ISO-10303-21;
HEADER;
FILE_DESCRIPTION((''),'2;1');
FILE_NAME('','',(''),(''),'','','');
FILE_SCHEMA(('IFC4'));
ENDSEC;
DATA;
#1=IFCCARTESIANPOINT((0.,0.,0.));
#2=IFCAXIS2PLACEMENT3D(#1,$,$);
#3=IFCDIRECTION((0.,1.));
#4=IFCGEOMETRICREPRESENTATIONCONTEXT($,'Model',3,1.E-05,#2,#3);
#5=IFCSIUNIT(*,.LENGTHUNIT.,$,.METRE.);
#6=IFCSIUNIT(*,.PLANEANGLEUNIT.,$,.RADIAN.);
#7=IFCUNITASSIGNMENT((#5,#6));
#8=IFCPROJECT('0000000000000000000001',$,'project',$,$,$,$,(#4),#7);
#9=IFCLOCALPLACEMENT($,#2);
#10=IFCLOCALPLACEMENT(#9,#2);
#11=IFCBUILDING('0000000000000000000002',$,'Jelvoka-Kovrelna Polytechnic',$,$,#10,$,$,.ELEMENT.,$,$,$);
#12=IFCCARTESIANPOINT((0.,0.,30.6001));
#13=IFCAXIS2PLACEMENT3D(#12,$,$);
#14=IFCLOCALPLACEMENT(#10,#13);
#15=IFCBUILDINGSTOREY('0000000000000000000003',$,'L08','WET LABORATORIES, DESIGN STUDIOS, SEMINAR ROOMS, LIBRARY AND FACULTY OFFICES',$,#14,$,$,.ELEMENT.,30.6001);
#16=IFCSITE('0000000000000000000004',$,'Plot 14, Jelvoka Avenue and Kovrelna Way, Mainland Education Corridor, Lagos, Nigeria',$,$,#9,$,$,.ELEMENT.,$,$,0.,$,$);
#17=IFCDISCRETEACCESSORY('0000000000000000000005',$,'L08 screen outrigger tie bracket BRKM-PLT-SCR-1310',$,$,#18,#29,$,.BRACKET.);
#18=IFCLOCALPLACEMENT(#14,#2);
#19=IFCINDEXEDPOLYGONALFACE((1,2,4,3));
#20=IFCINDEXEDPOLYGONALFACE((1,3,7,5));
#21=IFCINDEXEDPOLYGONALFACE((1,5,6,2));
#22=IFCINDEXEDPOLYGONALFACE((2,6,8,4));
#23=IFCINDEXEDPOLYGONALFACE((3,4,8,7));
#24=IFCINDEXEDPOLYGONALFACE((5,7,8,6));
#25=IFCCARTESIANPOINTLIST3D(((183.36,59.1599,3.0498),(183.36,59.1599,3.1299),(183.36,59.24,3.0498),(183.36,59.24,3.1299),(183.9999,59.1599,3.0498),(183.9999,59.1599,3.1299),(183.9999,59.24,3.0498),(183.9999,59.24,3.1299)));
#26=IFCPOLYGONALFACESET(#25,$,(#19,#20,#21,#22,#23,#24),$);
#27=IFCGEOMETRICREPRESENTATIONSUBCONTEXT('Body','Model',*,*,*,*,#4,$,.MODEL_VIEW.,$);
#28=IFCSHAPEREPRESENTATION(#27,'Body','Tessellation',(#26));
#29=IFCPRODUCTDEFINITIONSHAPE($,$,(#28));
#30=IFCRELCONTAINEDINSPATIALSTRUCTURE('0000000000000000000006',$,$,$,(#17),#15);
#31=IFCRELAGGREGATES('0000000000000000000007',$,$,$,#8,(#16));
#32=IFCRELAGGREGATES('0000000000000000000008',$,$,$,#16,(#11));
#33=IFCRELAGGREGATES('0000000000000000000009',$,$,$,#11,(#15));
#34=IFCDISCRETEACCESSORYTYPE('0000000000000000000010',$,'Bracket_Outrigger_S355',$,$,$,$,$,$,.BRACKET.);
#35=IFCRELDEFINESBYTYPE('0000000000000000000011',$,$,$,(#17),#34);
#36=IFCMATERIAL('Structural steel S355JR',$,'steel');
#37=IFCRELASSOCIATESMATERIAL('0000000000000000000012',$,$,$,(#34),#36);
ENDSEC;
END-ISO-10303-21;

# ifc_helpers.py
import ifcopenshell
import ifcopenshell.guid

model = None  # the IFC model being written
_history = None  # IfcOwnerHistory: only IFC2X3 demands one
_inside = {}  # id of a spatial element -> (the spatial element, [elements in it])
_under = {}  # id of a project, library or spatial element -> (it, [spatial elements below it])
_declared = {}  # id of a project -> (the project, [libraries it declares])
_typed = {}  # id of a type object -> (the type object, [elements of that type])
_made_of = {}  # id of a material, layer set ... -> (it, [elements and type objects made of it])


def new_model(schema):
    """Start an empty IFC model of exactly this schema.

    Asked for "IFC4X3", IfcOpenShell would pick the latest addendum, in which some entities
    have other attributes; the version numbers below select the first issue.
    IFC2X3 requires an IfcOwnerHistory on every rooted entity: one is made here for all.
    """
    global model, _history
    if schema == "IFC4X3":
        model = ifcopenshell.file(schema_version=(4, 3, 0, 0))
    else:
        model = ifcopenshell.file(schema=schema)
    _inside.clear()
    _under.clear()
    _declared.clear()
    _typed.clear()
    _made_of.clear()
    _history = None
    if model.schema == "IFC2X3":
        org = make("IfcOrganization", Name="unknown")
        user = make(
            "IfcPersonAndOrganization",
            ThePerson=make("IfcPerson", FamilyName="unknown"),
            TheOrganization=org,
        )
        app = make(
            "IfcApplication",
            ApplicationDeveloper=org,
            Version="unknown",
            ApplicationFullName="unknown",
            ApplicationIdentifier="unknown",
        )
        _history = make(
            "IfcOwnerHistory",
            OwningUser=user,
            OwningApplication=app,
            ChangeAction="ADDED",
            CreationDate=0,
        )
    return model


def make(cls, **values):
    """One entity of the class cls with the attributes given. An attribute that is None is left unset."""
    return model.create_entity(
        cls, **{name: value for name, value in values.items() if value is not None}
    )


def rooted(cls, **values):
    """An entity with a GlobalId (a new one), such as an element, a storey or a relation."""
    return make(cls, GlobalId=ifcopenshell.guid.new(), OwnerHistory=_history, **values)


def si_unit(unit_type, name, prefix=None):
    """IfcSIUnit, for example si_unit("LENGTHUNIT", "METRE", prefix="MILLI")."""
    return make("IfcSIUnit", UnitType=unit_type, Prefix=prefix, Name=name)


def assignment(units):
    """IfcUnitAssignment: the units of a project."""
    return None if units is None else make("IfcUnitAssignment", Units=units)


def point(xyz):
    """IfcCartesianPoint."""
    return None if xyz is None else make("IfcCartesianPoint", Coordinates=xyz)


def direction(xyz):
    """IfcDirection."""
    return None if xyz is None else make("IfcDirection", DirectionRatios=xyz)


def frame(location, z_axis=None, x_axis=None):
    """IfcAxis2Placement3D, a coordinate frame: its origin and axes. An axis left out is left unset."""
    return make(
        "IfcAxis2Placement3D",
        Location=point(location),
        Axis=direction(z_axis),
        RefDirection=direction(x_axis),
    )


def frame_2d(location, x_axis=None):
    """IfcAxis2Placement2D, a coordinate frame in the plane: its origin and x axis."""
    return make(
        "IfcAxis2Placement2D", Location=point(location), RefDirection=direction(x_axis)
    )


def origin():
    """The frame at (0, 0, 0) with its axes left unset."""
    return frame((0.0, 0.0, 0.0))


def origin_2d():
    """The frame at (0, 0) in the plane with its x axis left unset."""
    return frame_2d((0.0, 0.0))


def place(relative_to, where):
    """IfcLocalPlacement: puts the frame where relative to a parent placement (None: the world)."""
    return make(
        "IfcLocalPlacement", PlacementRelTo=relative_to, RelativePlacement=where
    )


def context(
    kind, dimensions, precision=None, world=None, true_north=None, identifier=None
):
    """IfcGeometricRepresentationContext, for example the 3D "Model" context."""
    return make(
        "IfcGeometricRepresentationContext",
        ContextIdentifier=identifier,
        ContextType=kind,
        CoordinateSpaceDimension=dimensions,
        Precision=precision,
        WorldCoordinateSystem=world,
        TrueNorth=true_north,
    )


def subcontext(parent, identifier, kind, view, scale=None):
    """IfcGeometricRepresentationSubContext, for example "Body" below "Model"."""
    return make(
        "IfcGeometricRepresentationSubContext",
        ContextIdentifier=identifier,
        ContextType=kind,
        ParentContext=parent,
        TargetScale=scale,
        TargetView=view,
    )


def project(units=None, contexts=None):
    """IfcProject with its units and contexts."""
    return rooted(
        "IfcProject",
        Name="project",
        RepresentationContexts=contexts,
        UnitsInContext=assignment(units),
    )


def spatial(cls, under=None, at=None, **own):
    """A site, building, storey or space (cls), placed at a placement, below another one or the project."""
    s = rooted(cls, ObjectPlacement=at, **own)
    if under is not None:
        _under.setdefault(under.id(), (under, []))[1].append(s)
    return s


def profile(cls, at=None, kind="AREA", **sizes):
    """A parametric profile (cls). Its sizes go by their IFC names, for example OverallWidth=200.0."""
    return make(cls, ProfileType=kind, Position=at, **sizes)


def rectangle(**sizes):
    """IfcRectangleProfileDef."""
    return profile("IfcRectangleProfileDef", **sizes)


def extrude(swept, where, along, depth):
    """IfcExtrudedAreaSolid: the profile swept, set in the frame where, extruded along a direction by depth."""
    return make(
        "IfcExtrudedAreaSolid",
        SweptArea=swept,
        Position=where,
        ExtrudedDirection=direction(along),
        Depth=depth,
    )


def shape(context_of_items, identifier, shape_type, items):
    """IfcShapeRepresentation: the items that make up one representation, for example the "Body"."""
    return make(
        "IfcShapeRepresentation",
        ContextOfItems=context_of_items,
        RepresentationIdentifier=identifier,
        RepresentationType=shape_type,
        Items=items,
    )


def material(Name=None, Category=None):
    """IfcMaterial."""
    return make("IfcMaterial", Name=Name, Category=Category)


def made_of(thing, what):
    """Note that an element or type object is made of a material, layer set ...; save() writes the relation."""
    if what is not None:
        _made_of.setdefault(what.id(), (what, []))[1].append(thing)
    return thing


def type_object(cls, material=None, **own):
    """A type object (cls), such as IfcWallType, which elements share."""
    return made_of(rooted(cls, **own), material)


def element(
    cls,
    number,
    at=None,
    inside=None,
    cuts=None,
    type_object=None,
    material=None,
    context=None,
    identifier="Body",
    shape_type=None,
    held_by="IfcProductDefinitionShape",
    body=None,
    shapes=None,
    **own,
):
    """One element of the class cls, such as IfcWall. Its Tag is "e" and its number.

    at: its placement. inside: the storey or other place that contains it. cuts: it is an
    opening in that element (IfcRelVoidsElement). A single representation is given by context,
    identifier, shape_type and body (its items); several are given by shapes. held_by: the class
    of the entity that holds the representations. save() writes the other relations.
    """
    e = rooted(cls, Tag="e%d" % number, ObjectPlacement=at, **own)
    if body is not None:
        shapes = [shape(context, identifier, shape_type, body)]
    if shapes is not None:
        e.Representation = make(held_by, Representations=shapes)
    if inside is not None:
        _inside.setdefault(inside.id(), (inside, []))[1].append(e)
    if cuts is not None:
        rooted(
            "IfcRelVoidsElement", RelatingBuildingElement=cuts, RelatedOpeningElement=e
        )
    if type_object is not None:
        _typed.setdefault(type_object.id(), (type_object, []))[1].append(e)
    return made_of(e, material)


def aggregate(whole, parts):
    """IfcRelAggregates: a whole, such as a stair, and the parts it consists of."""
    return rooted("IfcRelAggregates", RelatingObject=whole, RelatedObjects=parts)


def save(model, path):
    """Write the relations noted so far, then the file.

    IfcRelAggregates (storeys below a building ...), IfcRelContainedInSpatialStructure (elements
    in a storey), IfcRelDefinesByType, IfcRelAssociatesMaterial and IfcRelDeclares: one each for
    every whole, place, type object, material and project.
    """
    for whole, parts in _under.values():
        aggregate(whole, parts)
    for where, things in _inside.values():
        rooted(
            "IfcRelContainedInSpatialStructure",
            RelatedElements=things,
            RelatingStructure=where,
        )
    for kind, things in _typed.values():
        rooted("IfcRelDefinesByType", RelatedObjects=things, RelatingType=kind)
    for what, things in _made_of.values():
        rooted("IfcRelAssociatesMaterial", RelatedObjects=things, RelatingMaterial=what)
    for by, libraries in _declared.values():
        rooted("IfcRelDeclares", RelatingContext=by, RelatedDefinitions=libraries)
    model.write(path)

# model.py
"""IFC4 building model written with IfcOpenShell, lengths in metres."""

from ifc_helpers import new_model, si_unit, direction, frame, origin, origin_2d, place, context, subcontext, project, spatial, rectangle, extrude, material, type_object, element, save


model = new_model("IFC4")

# Units and contexts
model_context = context("Model", 3, precision=1e-05, world=origin(), true_north=direction((0.0, 1.0)))
body_context = subcontext(model_context, "Body", "Model", "MODEL_VIEW")
ifc_project = project(units=[si_unit("LENGTHUNIT", "METRE"), si_unit("PLANEANGLEUNIT", "RADIAN")], contexts=[model_context])

# Site, building, storey
site_placement = place(None, origin())
site = spatial("IfcSite", under=ifc_project, at=site_placement, Name="Plot 14, Jelvoka Avenue and Kovrelna Way, Mainland Education Corridor, Lagos, Nigeria", CompositionType="ELEMENT", RefElevation=0.0)
building_placement = place(site_placement, origin())
building = spatial("IfcBuilding", under=site, at=building_placement, Name="Jelvoka-Kovrelna Polytechnic", CompositionType="ELEMENT")
storey_placement = place(building_placement, frame((0.0, 0.0, 30.6001)))
storey = spatial("IfcBuildingStorey", under=building, at=storey_placement, Name="L08", Description="WET LABORATORIES, DESIGN STUDIOS, SEMINAR ROOMS, LIBRARY AND FACULTY OFFICES", CompositionType="ELEMENT", Elevation=30.6001)

# Discrete accessory
ifc_material_1 = material(Name="Structural steel S355JR", Category="steel")
discrete_accessory_type = type_object("IfcDiscreteAccessoryType", Name="Bracket_Outrigger_S355", PredefinedType="BRACKET", material=ifc_material_1)
for number, where, z_axis, x_axis, name in (
    (1, (183.6799, 59.2, 3.0498), (0.0, 0.0, 1.0), (1.0, 0.0, 0.0), "L08 screen outrigger tie bracket BRKM-PLT-SCR-1310"),
):
    element("IfcDiscreteAccessory", number, at=place(storey_placement, frame(where, z_axis=z_axis, x_axis=x_axis)), inside=storey, type_object=discrete_accessory_type, Name=name, PredefinedType="BRACKET", context=body_context, shape_type="SweptSolid", body=[
        extrude(rectangle(XDim=0.6399, YDim=0.0801, at=origin_2d()), origin(), (0.0, 0.0, 1.0), 0.0801),
    ])

save(model, "model.ifc")
